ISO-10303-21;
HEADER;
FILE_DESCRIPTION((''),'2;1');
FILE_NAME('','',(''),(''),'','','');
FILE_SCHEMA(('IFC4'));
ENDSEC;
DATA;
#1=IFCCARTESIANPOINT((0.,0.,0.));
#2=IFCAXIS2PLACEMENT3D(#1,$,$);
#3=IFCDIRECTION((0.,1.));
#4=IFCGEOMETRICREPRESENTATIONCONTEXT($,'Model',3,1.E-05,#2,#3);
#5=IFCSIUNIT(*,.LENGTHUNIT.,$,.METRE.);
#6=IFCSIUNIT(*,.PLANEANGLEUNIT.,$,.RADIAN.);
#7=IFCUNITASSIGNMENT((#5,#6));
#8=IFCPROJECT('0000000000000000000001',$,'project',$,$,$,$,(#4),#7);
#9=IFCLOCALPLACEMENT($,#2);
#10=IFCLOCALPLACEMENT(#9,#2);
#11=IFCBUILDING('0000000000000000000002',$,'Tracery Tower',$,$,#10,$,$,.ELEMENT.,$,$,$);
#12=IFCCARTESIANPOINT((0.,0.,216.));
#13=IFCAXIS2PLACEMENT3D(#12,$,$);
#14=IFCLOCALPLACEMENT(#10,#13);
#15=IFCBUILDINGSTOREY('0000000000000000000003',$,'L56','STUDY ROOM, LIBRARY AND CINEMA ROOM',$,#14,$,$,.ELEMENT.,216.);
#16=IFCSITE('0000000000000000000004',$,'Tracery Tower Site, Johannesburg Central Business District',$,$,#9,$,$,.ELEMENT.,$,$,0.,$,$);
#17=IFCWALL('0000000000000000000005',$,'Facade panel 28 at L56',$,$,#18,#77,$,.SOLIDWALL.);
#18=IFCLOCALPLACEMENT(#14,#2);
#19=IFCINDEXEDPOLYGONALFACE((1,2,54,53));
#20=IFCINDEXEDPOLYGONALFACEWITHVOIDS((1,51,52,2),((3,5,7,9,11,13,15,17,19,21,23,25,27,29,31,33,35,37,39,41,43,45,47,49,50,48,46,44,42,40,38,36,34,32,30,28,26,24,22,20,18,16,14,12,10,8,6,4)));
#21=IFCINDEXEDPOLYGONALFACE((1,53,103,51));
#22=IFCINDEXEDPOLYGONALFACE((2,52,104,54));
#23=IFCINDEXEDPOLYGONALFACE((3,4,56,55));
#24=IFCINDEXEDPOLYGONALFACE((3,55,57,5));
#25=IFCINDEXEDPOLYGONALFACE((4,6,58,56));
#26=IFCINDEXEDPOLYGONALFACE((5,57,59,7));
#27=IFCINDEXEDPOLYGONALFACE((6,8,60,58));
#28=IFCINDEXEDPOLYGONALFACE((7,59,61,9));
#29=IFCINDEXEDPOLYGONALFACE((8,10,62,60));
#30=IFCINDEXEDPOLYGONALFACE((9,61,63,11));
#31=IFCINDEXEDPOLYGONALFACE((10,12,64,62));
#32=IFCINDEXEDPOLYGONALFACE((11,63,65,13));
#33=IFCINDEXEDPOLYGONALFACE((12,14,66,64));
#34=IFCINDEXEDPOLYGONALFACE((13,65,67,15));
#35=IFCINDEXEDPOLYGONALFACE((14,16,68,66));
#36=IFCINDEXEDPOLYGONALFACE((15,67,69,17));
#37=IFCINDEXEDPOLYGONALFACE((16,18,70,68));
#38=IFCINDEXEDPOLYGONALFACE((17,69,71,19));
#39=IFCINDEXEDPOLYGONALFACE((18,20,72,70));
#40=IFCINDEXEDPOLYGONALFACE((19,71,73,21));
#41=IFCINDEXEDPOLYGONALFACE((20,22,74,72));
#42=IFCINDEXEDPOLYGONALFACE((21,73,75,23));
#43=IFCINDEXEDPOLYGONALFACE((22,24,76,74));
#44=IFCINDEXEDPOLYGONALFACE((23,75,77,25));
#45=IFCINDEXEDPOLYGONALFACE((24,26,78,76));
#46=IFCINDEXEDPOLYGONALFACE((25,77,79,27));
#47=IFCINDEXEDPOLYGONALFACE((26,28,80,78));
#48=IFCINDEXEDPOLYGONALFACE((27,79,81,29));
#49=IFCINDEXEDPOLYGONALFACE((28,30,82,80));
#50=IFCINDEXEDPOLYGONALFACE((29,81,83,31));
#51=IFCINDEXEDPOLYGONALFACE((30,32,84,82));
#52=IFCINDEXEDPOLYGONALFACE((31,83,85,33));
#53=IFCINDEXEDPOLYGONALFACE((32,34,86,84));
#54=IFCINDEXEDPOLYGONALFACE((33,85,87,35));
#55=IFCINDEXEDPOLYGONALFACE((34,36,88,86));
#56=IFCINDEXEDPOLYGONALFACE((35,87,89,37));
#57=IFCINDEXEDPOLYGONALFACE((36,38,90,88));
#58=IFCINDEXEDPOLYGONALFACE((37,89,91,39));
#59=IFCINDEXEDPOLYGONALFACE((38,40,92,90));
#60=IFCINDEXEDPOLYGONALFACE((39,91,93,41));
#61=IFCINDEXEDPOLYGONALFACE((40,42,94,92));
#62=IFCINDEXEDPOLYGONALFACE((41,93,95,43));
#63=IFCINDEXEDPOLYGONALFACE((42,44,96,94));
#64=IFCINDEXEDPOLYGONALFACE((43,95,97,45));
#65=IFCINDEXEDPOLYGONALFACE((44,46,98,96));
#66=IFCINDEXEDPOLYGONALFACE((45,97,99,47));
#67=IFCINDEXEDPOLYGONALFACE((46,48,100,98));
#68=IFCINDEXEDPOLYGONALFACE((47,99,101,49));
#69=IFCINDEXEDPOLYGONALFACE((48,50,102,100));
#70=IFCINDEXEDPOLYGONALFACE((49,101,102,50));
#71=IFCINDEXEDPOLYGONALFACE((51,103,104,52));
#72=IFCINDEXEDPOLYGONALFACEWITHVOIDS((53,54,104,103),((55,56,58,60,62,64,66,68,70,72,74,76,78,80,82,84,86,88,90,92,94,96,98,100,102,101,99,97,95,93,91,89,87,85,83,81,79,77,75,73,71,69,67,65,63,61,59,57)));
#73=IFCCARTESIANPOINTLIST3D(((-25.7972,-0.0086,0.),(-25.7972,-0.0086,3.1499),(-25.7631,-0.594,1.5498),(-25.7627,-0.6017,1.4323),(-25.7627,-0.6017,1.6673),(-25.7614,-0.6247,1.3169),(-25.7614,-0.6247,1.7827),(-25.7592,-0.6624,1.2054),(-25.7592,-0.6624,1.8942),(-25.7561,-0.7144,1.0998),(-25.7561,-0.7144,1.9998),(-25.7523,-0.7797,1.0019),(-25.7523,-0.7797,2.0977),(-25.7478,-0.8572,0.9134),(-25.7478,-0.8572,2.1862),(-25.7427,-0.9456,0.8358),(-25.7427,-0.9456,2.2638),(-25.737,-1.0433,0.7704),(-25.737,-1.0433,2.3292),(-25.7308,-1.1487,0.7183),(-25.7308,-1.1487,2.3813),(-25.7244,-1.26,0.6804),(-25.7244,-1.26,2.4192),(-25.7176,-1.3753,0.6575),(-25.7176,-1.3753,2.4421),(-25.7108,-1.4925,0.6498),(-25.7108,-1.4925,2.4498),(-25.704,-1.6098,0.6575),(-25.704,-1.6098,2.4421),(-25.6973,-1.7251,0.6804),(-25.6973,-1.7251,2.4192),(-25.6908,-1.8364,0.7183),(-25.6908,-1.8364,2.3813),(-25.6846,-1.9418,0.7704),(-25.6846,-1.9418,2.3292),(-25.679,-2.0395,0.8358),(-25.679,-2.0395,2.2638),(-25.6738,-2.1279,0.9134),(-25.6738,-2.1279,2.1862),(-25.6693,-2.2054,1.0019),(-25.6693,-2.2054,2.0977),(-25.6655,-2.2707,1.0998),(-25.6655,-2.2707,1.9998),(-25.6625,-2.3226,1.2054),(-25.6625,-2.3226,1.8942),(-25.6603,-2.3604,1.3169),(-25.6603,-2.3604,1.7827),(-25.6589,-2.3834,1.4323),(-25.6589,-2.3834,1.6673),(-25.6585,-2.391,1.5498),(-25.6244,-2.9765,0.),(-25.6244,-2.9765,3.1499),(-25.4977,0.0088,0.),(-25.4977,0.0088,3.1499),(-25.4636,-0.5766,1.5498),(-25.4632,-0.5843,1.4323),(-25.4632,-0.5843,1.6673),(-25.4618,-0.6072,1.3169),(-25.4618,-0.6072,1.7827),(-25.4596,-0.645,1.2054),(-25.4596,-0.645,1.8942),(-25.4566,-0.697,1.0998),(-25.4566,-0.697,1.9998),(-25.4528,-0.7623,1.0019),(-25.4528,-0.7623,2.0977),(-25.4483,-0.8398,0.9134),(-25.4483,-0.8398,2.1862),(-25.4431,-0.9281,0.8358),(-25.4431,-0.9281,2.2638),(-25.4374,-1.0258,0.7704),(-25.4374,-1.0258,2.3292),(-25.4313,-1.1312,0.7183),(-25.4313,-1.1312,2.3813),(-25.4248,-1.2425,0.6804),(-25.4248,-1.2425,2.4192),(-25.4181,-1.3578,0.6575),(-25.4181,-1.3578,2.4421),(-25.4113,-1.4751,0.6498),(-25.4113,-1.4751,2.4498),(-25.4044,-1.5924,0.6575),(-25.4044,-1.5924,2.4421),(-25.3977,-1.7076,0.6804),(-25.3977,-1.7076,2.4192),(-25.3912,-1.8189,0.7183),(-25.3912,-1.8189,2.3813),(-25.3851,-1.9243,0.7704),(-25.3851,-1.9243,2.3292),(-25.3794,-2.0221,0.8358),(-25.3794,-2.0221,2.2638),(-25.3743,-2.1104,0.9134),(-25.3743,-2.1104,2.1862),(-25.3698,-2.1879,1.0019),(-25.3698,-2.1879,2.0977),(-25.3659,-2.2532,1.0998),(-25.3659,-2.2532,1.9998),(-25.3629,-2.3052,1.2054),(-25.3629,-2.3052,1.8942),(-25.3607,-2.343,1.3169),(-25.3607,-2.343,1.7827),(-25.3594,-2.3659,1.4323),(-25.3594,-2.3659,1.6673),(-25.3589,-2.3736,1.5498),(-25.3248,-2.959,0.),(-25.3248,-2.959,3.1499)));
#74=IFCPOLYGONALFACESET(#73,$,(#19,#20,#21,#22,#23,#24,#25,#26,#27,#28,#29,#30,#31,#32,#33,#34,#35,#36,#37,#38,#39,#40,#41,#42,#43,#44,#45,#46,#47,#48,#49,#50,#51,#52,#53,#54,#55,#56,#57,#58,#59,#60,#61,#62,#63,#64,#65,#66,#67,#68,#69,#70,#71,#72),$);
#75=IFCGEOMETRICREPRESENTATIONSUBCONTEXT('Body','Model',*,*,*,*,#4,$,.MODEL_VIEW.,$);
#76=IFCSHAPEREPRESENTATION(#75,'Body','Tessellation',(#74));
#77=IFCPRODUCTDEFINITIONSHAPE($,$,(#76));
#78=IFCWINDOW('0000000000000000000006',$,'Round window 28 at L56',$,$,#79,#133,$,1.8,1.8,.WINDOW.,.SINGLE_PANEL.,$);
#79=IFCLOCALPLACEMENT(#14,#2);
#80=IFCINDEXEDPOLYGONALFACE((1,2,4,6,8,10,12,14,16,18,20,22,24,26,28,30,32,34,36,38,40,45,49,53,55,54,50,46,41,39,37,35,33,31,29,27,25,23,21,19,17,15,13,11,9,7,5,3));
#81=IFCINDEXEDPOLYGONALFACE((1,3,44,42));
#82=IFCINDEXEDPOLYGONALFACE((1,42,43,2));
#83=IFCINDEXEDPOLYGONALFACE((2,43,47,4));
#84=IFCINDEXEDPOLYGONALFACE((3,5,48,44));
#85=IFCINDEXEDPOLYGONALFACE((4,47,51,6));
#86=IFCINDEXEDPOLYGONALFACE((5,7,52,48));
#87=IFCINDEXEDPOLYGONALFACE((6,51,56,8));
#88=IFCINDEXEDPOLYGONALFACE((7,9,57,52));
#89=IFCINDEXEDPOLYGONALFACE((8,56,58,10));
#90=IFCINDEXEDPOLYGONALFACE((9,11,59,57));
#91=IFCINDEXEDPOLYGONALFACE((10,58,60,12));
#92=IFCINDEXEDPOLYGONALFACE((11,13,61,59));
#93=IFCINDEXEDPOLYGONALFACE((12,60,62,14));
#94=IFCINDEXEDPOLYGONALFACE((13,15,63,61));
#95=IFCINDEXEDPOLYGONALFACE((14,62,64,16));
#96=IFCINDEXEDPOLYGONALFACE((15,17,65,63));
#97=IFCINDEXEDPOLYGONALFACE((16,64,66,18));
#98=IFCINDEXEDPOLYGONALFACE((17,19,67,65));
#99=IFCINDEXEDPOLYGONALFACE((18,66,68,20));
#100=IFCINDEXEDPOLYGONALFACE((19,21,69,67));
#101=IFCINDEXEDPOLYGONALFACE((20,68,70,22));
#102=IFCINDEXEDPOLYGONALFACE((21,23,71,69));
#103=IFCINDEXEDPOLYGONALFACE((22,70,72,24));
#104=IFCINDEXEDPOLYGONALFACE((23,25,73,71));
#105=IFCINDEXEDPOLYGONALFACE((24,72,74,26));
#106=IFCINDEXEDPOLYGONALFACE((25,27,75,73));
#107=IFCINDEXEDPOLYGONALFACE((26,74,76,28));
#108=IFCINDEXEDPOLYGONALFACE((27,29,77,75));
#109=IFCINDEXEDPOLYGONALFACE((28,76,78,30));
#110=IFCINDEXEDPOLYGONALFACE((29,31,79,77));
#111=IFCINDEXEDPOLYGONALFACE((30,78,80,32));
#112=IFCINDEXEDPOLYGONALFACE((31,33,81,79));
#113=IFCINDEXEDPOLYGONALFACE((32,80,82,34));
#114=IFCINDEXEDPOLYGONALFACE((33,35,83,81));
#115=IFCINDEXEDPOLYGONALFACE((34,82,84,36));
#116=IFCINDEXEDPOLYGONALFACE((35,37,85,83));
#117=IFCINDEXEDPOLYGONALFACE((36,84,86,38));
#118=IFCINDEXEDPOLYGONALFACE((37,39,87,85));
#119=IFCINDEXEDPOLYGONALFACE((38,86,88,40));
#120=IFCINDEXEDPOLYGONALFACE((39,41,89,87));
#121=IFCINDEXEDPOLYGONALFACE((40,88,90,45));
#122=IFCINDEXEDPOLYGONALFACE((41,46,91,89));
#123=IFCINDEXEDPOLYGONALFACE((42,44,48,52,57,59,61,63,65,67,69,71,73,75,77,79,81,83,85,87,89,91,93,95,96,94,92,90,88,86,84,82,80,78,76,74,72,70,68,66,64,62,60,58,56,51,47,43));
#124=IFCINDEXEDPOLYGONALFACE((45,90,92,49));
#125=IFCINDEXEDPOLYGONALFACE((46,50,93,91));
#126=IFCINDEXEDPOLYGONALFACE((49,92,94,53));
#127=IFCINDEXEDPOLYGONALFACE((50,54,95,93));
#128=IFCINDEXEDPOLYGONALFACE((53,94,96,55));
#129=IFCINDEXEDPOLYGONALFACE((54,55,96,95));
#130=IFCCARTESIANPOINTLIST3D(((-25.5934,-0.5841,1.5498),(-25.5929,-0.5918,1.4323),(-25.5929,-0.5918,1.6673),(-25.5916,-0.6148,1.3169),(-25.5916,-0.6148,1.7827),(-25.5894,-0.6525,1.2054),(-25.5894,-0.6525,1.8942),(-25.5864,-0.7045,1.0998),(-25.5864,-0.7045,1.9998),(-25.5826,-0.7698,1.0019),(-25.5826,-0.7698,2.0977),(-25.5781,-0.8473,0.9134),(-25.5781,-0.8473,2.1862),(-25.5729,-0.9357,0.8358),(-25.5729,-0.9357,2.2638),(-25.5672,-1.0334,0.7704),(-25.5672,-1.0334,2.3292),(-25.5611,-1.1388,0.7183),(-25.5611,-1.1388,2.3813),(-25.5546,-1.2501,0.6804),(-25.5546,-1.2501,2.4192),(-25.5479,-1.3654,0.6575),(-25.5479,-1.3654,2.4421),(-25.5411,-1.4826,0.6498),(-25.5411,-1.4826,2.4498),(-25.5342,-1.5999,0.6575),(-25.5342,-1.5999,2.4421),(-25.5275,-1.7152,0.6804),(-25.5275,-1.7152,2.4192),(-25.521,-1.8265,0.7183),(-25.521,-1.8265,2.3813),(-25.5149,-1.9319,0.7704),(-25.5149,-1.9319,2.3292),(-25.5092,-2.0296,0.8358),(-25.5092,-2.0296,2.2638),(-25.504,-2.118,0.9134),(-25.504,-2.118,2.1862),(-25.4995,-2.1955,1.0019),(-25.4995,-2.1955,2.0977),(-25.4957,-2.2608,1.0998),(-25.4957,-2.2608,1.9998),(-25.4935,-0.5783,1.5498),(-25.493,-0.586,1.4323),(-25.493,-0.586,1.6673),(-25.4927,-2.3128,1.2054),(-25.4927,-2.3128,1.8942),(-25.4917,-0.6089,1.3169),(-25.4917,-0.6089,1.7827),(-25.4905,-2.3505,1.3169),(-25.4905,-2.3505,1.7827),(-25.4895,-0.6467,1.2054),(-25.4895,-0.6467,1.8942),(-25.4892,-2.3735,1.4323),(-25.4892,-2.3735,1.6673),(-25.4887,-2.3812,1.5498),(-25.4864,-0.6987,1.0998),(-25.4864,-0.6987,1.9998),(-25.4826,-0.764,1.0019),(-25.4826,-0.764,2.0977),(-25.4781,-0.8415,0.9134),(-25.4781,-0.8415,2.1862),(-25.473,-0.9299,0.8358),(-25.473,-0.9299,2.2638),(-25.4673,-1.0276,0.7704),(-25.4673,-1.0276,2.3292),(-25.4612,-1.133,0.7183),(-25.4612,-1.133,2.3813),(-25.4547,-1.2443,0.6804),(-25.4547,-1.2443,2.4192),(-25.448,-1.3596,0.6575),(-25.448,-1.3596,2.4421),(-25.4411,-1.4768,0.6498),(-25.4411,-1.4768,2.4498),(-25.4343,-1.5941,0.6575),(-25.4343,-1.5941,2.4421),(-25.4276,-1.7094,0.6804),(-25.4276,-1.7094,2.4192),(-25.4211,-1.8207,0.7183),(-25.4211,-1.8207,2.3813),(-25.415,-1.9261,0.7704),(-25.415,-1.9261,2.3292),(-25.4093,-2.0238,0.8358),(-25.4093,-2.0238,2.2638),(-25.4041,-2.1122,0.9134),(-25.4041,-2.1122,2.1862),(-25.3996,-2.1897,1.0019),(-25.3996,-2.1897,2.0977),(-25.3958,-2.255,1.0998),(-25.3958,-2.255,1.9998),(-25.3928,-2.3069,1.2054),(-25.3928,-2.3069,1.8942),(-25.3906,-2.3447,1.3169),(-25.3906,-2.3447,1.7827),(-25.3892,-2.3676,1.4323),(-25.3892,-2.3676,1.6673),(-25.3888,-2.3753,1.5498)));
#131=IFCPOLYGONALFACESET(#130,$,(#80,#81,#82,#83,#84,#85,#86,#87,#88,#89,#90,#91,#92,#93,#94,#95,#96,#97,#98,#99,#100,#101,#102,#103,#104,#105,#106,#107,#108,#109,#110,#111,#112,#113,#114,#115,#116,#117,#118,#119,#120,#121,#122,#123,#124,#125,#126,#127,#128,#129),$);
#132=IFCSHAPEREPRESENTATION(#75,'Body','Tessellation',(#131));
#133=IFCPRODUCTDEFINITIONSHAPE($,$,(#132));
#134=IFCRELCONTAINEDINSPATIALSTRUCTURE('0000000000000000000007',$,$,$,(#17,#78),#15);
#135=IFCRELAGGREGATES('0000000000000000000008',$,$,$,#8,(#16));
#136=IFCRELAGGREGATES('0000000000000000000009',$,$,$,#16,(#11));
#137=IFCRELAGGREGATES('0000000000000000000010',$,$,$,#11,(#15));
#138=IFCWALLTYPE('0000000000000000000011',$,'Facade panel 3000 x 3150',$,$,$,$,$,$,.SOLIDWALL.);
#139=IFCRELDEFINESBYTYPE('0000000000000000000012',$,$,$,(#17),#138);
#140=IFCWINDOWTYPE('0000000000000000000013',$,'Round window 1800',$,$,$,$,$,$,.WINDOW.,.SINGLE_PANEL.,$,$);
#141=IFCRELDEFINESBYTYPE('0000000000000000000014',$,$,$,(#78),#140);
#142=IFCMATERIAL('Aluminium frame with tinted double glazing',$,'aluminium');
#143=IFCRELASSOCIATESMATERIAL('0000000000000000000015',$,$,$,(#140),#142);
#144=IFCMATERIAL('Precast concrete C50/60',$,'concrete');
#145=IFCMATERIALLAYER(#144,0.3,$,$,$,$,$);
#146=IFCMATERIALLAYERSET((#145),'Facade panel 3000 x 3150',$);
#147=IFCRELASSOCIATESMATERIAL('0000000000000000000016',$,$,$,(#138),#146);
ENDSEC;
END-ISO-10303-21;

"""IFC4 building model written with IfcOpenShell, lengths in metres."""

from ifc_helpers import new_model, si_unit, direction, frame, frame_2d, origin, origin_2d, place, context, subcontext, project, spatial, rectangle, circle, extrude, material, layer, layer_set, type_object, element, fill, save


model = new_model("IFC4")

# Units and contexts
model_context = context("Model", 3, precision=1e-05, world=origin(), true_north=direction((0.0, 1.0)))
body_context = subcontext(model_context, "Body", "Model", "MODEL_VIEW")
ifc_project = project(units=[si_unit("LENGTHUNIT", "METRE"), si_unit("PLANEANGLEUNIT", "RADIAN")], contexts=[model_context])

# Site, building, storey
site_placement = place(None, origin())
site = spatial("IfcSite", under=ifc_project, at=site_placement, Name="Tracery Tower Site, Johannesburg Central Business District", CompositionType="ELEMENT", RefElevation=0.0)
building_placement = place(site_placement, origin())
building = spatial("IfcBuilding", under=site, at=building_placement, Name="Tracery Tower", CompositionType="ELEMENT")
storey_placement = place(building_placement, frame((0.0, 0.0, 216.0)))
storey = spatial("IfcBuildingStorey", under=building, at=storey_placement, Name="L56", Description="STUDY ROOM, LIBRARY AND CINEMA ROOM", CompositionType="ELEMENT", Elevation=216.0)

# Wall, opening, window
ifc_material_1 = material(Name="Aluminium frame with tinted double glazing", Category="aluminium")
window_type = type_object("IfcWindowType", Name="Round window 1800", PartitioningType="SINGLE_PANEL", PredefinedType="WINDOW", material=ifc_material_1)
ifc_material_2 = material(Name="Precast concrete C50/60", Category="concrete")
ifc_layer_1 = layer(ifc_material_2, 0.3)
ifc_layer_set_1 = layer_set([ifc_layer_1], Name="Facade panel 3000 x 3150")
wall_type_1 = type_object("IfcWallType", Name="Facade panel 3000 x 3150", PredefinedType="SOLIDWALL", material=ifc_layer_set_1)
wall_1_placement = place(storey_placement, frame((-25.6475, 0.0, 0.0), z_axis=(0.0, 0.0, 1.0), x_axis=(0.058144, -0.998308, 0.0)))
wall_1 = element("IfcWall", 1, at=wall_1_placement, inside=storey, type_object=wall_type_1, Name="Facade panel 28 at L56", PredefinedType="SOLIDWALL", context=body_context, shape_type="SweptSolid", body=[
    extrude(rectangle(XDim=2.9729, YDim=0.3, at=frame_2d((1.4863, 0.0))), origin(), (0.0, 0.0, 1.0), 3.1499),
])
opening_1_placement = place(wall_1_placement, frame((1.4863, 0.0, 1.5498)))
opening_1 = element("IfcOpeningElement", 2, at=opening_1_placement, cuts=wall_1, PredefinedType="OPENING", context=body_context, shape_type="SweptSolid", body=[
    extrude(circle(Radius=0.9, at=origin_2d()), frame((0.0, 0.1599, 0.0), z_axis=(0.0, -1.0, 0.0), x_axis=(1.0, 0.0, 0.0)), (0.0, 0.0, 1.0), 0.3201),
])
window_1_placement = place(opening_1_placement, origin())
window_1 = element("IfcWindow", 3, at=window_1_placement, inside=storey, type_object=window_type, Name="Round window 28 at L56", OverallHeight=1.8, OverallWidth=1.8, PartitioningType="SINGLE_PANEL", PredefinedType="WINDOW", context=body_context, shape_type="SweptSolid", body=[
    extrude(circle(Radius=0.9, at=origin_2d()), frame((0.0, 0.1201, 0.0), z_axis=(0.0, -1.0, 0.0), x_axis=(1.0, 0.0, 0.0)), (0.0, 0.0, 1.0), 0.1001),
])
fill(opening_1, window_1)

save(model, "model.ifc")
